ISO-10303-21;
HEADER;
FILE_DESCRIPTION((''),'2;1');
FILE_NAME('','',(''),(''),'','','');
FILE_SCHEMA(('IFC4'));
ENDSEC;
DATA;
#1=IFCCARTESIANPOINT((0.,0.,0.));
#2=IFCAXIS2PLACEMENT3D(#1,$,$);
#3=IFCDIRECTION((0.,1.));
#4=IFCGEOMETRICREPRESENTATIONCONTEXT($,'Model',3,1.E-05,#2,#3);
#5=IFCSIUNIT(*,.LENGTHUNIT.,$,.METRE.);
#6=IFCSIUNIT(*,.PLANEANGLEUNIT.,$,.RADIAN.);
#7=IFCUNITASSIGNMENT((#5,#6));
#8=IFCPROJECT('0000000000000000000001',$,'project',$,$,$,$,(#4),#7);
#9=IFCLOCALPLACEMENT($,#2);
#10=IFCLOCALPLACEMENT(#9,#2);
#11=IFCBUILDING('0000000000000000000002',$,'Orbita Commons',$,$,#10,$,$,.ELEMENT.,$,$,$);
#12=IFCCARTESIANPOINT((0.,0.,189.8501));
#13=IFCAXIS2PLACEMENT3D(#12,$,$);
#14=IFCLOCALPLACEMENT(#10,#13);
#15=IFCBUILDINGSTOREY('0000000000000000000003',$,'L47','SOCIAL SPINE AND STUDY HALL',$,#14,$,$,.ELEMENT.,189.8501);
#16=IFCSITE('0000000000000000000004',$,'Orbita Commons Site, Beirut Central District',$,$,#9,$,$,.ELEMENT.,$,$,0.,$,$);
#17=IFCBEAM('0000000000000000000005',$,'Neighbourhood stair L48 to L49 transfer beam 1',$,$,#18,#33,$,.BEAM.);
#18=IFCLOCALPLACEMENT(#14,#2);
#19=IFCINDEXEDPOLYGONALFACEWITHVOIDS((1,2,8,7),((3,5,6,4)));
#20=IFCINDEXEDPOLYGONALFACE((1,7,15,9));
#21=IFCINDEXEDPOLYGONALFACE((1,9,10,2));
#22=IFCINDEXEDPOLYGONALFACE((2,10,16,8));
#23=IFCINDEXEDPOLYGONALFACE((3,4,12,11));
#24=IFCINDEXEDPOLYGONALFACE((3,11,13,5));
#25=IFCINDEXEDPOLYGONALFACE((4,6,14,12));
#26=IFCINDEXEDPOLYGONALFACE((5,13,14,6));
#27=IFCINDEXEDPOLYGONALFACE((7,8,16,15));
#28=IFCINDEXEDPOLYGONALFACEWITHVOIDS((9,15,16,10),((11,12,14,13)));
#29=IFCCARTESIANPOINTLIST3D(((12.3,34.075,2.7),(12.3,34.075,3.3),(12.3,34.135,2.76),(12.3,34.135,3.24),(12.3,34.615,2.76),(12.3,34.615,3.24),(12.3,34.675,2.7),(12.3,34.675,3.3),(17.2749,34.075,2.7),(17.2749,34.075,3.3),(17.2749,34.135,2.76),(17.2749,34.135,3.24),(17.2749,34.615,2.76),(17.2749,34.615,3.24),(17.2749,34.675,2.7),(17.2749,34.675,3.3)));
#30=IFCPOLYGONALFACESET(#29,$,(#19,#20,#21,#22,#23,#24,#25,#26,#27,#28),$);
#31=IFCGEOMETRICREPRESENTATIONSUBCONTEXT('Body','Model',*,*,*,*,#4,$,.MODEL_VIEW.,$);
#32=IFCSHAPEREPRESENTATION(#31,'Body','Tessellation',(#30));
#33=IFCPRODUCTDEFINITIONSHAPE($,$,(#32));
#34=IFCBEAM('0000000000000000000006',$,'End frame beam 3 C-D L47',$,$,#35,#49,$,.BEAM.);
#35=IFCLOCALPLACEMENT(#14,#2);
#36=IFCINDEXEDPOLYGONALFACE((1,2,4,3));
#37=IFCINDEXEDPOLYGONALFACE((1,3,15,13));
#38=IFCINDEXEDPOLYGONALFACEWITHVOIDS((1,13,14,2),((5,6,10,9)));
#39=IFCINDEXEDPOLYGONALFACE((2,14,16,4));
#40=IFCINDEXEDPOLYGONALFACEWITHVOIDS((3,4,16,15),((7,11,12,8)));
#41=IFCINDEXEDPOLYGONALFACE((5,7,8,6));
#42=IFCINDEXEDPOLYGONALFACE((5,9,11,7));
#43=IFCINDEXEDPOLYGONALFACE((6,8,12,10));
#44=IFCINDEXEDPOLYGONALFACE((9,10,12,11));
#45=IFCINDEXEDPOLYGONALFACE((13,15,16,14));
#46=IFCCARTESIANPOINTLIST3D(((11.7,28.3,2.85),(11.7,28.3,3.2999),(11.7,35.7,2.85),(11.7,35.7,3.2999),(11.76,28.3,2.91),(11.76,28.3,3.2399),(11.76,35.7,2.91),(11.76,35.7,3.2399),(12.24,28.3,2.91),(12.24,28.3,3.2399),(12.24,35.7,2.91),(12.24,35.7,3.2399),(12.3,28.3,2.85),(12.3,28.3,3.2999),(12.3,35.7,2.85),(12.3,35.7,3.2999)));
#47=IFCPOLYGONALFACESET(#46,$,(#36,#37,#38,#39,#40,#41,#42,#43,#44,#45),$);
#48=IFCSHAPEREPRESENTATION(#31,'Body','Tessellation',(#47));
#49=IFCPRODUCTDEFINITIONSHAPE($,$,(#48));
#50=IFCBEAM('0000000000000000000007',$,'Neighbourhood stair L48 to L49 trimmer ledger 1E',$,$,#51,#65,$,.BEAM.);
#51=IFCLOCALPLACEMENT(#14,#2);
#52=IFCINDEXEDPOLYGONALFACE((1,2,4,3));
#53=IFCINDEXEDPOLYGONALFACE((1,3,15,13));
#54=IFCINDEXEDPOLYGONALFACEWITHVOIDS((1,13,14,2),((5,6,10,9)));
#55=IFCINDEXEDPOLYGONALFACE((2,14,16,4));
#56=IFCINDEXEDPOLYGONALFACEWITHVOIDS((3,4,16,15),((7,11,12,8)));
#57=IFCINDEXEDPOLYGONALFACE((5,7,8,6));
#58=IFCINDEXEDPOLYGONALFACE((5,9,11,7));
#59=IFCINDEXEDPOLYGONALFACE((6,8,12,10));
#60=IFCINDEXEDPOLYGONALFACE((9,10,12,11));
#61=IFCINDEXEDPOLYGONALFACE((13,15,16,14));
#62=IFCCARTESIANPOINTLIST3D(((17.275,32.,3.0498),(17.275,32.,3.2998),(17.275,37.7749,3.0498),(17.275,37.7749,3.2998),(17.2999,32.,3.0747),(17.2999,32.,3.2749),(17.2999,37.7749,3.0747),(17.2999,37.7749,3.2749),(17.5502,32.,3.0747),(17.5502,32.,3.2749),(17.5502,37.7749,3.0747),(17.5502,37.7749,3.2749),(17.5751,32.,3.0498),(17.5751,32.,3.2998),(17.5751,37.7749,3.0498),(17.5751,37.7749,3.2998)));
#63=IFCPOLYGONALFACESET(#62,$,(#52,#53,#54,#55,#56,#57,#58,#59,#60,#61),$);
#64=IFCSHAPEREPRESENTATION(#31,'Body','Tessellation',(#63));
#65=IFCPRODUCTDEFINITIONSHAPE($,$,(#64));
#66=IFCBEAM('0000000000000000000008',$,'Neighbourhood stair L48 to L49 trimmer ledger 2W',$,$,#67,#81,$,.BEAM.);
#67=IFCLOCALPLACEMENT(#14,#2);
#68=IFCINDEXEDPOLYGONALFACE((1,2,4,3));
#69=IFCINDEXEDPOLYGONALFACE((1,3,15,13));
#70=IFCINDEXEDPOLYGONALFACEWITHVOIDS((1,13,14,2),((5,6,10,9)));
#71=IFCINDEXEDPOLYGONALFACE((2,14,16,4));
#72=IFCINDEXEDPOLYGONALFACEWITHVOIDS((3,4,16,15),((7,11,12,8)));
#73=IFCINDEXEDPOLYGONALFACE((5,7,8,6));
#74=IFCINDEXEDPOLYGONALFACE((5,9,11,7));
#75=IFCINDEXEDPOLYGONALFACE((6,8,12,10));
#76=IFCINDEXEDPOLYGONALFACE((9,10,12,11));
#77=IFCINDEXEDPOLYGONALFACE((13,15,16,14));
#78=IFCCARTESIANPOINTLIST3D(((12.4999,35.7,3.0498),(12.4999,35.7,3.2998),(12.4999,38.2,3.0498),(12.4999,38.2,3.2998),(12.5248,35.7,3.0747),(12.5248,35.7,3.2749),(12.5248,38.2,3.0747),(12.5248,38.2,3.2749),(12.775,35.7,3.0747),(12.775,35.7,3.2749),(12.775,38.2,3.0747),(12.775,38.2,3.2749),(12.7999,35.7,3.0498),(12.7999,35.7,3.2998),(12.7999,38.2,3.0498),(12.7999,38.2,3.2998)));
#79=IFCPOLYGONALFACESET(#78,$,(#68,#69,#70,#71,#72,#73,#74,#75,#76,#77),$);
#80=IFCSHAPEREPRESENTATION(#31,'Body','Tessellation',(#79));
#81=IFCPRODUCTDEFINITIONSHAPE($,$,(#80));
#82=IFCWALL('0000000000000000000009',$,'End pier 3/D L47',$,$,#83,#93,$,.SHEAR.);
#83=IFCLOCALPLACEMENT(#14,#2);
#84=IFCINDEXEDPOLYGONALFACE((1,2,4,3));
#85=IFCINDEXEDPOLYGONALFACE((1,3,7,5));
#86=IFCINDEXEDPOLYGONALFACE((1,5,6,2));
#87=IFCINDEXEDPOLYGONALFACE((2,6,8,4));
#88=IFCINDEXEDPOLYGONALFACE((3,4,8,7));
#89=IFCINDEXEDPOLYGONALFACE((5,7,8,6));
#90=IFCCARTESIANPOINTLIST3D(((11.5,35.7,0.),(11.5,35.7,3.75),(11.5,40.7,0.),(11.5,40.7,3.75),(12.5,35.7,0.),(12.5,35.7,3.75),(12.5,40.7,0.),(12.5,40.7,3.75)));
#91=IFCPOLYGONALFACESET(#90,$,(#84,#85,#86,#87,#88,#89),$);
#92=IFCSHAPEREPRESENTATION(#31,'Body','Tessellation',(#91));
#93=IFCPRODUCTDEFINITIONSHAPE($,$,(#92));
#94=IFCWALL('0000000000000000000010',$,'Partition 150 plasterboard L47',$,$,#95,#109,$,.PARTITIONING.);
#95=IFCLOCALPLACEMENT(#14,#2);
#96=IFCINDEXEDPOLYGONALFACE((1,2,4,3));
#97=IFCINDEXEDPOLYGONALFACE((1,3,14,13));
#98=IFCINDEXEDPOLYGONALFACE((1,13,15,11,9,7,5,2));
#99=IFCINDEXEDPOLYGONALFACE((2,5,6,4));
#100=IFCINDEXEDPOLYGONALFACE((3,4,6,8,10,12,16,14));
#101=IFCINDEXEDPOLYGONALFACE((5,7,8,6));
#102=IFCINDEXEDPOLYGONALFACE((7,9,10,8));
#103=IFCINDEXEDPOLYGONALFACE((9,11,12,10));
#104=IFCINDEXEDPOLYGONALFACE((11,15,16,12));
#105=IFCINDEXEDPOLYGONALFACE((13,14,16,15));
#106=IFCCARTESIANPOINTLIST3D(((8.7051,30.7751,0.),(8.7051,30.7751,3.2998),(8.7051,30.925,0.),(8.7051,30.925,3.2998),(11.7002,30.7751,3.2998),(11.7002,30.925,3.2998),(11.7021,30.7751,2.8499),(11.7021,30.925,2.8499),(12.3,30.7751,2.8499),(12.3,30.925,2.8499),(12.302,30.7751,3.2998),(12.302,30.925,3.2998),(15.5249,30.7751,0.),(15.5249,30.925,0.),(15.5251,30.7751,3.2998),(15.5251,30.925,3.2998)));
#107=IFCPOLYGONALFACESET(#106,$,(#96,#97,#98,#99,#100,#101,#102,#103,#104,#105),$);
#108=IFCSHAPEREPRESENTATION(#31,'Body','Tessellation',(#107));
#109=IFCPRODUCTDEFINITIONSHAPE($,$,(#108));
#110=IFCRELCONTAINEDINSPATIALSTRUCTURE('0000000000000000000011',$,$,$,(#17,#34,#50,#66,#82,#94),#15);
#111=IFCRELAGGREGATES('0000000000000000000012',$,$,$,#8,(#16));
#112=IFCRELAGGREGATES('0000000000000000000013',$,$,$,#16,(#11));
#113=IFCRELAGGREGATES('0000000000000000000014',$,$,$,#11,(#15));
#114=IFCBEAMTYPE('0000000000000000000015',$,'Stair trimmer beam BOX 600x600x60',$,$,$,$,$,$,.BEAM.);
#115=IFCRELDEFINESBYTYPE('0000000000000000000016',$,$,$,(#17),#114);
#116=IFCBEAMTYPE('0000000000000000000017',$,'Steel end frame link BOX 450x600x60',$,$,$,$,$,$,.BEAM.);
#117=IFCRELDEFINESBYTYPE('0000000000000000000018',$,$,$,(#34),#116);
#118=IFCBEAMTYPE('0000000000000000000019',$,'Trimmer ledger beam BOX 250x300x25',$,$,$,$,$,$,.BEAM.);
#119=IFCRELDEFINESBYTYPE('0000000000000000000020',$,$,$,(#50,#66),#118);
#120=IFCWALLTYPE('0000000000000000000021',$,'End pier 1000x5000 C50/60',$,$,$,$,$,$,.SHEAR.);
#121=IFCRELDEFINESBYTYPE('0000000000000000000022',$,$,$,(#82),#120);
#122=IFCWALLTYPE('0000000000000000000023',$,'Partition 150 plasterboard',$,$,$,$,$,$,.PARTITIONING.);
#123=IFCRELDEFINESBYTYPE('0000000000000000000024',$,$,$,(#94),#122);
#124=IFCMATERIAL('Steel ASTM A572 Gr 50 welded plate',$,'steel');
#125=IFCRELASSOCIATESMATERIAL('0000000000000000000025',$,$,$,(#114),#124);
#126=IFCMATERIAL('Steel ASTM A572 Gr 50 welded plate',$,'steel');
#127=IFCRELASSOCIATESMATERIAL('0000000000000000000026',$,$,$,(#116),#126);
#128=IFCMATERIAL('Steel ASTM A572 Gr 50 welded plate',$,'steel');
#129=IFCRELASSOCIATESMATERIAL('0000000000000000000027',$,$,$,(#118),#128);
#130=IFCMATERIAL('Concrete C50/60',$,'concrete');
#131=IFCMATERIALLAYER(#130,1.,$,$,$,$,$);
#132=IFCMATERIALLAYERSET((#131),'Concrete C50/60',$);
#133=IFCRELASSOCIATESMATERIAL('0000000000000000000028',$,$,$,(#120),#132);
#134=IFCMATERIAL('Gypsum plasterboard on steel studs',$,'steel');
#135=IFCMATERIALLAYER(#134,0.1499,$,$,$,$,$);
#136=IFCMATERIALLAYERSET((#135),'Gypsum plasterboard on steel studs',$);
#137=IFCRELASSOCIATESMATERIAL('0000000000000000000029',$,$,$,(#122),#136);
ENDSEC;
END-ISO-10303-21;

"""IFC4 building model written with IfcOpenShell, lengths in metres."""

from ifc_helpers import new_model, si_unit, direction, frame, frame_2d, origin, origin_2d, place, context, subcontext, project, spatial, polyline, rectangle, hollow_rectangle, outline, extrude, material, layer, layer_set, material_profile, profile_set, type_object, element, save


model = new_model("IFC4")

# Units and contexts
model_context = context("Model", 3, precision=1e-05, world=origin(), true_north=direction((0.0, 1.0)))
body_context = subcontext(model_context, "Body", "Model", "MODEL_VIEW")
ifc_project = project(units=[si_unit("LENGTHUNIT", "METRE"), si_unit("PLANEANGLEUNIT", "RADIAN")], contexts=[model_context])

# Site, building, storey
site_placement = place(None, origin())
site = spatial("IfcSite", under=ifc_project, at=site_placement, Name="Orbita Commons Site, Beirut Central District", CompositionType="ELEMENT", RefElevation=0.0)
building_placement = place(site_placement, origin())
building = spatial("IfcBuilding", under=site, at=building_placement, Name="Orbita Commons", CompositionType="ELEMENT")
storey_placement = place(building_placement, frame((0.0, 0.0, 189.8501)))
storey = spatial("IfcBuildingStorey", under=building, at=storey_placement, Name="L47", Description="SOCIAL SPINE AND STUDY HALL", CompositionType="ELEMENT", Elevation=189.8501)

# Beams
ifc_material_1 = material(Name="Steel ASTM A572 Gr 50 welded plate", Category="steel")
ifc_material_profile_1 = material_profile(ifc_material_1, hollow_rectangle(XDim=0.6001, YDim=0.6001, WallThickness=0.0601, at=origin_2d()), Name="BOX 600x600x60")
ifc_profile_set_1 = profile_set([ifc_material_profile_1], Name="Steel ASTM A572 Gr 50 welded plate")
beam_type_1 = type_object("IfcBeamType", Name="Stair trimmer beam BOX 600x600x60", PredefinedType="BEAM", material=ifc_profile_set_1)
beam_1_placement = place(storey_placement, frame((12.3, 34.375, 3.0), z_axis=(1.0, 0.0, 0.0), x_axis=(0.0, 1.0, 0.0)))
element("IfcBeam", 1, at=beam_1_placement, inside=storey, type_object=beam_type_1, Name="Neighbourhood stair L48 to L49 transfer beam 1", PredefinedType="BEAM", context=body_context, shape_type="SweptSolid", body=[
    extrude(hollow_rectangle(XDim=0.6001, YDim=0.6001, WallThickness=0.0601, at=origin_2d()), origin(), (0.0, 0.0, 1.0), 4.9749),
])
ifc_material_2 = material(Name="Steel ASTM A572 Gr 50 welded plate", Category="steel")
ifc_material_profile_2 = material_profile(ifc_material_2, hollow_rectangle(XDim=0.6001, YDim=0.45, WallThickness=0.0601, at=origin_2d()), Name="BOX 450x600x60")
ifc_profile_set_2 = profile_set([ifc_material_profile_2], Name="Steel ASTM A572 Gr 50 welded plate")
beam_type_2 = type_object("IfcBeamType", Name="Steel end frame link BOX 450x600x60", PredefinedType="BEAM", material=ifc_profile_set_2)
beam_2_placement = place(storey_placement, frame((12.0, 28.3, 3.075), z_axis=(0.0, 1.0, 0.0), x_axis=(-1.0, 0.0, 0.0)))
element("IfcBeam", 2, at=beam_2_placement, inside=storey, type_object=beam_type_2, Name="End frame beam 3 C-D L47", PredefinedType="BEAM", context=body_context, shape_type="SweptSolid", body=[
    extrude(hollow_rectangle(XDim=0.6001, YDim=0.45, WallThickness=0.0601, at=origin_2d()), origin(), (0.0, 0.0, 1.0), 7.3999),
])
ifc_material_3 = material(Name="Steel ASTM A572 Gr 50 welded plate", Category="steel")
ifc_material_profile_3 = material_profile(ifc_material_3, hollow_rectangle(XDim=0.3, YDim=0.25, WallThickness=0.0249, at=origin_2d()), Name="BOX 250x300x25")
ifc_profile_set_3 = profile_set([ifc_material_profile_3], Name="Steel ASTM A572 Gr 50 welded plate")
beam_type_3 = type_object("IfcBeamType", Name="Trimmer ledger beam BOX 250x300x25", PredefinedType="BEAM", material=ifc_profile_set_3)
beam_3_placement = place(storey_placement, frame((17.425, 32.0, 3.1748), z_axis=(0.0, 1.0, 0.0), x_axis=(-1.0, 0.0, 0.0)))
element("IfcBeam", 3, at=beam_3_placement, inside=storey, type_object=beam_type_3, Name="Neighbourhood stair L48 to L49 trimmer ledger 1E", PredefinedType="BEAM", context=body_context, shape_type="SweptSolid", body=[
    extrude(hollow_rectangle(XDim=0.3, YDim=0.25, WallThickness=0.0249, at=origin_2d()), origin(), (0.0, 0.0, 1.0), 5.7749),
])
beam_4_placement = place(storey_placement, frame((12.6499, 35.7, 3.1748), z_axis=(0.0, 1.0, 0.0), x_axis=(-1.0, 0.0, 0.0)))
element("IfcBeam", 4, at=beam_4_placement, inside=storey, type_object=beam_type_3, Name="Neighbourhood stair L48 to L49 trimmer ledger 2W", PredefinedType="BEAM", context=body_context, shape_type="SweptSolid", body=[
    extrude(hollow_rectangle(XDim=0.3, YDim=0.25, WallThickness=0.0249, at=origin_2d()), origin(), (0.0, 0.0, 1.0), 2.5),
])

# Walls
ifc_material_4 = material(Name="Concrete C50/60", Category="concrete")
ifc_layer_1 = layer(ifc_material_4, 1.0)
ifc_layer_set_1 = layer_set([ifc_layer_1], Name="Concrete C50/60")
wall_type_1 = type_object("IfcWallType", Name="End pier 1000x5000 C50/60", PredefinedType="SHEAR", material=ifc_layer_set_1)
wall_1_placement = place(storey_placement, frame((12.0, 35.7, 0.0), z_axis=(0.0, 0.0, 1.0), x_axis=(0.0, 1.0, 0.0)))
element("IfcWall", 5, at=wall_1_placement, inside=storey, type_object=wall_type_1, Name="End pier 3/D L47", PredefinedType="SHEAR", context=body_context, shape_type="SweptSolid", body=[
    extrude(rectangle(XDim=5.0, YDim=1.0, at=frame_2d((2.5, 0.0))), origin(), (0.0, 0.0, 1.0), 3.75),
])
ifc_material_5 = material(Name="Gypsum plasterboard on steel studs", Category="steel")
ifc_layer_2 = layer(ifc_material_5, 0.1499)
ifc_layer_set_2 = layer_set([ifc_layer_2], Name="Gypsum plasterboard on steel studs")
wall_type_2 = type_object("IfcWallType", Name="Partition 150 plasterboard", PredefinedType="PARTITIONING", material=ifc_layer_set_2)
wall_2_placement = place(storey_placement, frame((8.7051, 30.8501, 0.0), z_axis=(0.0, 0.0, 1.0), x_axis=(1.0, 0.0, 0.0)))
element("IfcWall", 6, at=wall_2_placement, inside=storey, type_object=wall_type_2, Name="Partition 150 plasterboard L47", PredefinedType="PARTITIONING", context=body_context, shape_type="SweptSolid", body=[
    extrude(outline(polyline([(0.0, 0.0), (6.8198, 0.0), (6.8201, 3.2998), (3.5969, 3.2998), (3.595, 2.8499), (2.9971, 2.8499), (2.9951, 3.2998), (0.0, 3.2998), (0.0, 0.0)])), frame((0.0, 0.075, 0.0), z_axis=(0.0, -1.0, 0.0), x_axis=(1.0, 0.0, 0.0)), (0.0, 0.0, 1.0), 0.1499),
])

save(model, "model.ifc")
